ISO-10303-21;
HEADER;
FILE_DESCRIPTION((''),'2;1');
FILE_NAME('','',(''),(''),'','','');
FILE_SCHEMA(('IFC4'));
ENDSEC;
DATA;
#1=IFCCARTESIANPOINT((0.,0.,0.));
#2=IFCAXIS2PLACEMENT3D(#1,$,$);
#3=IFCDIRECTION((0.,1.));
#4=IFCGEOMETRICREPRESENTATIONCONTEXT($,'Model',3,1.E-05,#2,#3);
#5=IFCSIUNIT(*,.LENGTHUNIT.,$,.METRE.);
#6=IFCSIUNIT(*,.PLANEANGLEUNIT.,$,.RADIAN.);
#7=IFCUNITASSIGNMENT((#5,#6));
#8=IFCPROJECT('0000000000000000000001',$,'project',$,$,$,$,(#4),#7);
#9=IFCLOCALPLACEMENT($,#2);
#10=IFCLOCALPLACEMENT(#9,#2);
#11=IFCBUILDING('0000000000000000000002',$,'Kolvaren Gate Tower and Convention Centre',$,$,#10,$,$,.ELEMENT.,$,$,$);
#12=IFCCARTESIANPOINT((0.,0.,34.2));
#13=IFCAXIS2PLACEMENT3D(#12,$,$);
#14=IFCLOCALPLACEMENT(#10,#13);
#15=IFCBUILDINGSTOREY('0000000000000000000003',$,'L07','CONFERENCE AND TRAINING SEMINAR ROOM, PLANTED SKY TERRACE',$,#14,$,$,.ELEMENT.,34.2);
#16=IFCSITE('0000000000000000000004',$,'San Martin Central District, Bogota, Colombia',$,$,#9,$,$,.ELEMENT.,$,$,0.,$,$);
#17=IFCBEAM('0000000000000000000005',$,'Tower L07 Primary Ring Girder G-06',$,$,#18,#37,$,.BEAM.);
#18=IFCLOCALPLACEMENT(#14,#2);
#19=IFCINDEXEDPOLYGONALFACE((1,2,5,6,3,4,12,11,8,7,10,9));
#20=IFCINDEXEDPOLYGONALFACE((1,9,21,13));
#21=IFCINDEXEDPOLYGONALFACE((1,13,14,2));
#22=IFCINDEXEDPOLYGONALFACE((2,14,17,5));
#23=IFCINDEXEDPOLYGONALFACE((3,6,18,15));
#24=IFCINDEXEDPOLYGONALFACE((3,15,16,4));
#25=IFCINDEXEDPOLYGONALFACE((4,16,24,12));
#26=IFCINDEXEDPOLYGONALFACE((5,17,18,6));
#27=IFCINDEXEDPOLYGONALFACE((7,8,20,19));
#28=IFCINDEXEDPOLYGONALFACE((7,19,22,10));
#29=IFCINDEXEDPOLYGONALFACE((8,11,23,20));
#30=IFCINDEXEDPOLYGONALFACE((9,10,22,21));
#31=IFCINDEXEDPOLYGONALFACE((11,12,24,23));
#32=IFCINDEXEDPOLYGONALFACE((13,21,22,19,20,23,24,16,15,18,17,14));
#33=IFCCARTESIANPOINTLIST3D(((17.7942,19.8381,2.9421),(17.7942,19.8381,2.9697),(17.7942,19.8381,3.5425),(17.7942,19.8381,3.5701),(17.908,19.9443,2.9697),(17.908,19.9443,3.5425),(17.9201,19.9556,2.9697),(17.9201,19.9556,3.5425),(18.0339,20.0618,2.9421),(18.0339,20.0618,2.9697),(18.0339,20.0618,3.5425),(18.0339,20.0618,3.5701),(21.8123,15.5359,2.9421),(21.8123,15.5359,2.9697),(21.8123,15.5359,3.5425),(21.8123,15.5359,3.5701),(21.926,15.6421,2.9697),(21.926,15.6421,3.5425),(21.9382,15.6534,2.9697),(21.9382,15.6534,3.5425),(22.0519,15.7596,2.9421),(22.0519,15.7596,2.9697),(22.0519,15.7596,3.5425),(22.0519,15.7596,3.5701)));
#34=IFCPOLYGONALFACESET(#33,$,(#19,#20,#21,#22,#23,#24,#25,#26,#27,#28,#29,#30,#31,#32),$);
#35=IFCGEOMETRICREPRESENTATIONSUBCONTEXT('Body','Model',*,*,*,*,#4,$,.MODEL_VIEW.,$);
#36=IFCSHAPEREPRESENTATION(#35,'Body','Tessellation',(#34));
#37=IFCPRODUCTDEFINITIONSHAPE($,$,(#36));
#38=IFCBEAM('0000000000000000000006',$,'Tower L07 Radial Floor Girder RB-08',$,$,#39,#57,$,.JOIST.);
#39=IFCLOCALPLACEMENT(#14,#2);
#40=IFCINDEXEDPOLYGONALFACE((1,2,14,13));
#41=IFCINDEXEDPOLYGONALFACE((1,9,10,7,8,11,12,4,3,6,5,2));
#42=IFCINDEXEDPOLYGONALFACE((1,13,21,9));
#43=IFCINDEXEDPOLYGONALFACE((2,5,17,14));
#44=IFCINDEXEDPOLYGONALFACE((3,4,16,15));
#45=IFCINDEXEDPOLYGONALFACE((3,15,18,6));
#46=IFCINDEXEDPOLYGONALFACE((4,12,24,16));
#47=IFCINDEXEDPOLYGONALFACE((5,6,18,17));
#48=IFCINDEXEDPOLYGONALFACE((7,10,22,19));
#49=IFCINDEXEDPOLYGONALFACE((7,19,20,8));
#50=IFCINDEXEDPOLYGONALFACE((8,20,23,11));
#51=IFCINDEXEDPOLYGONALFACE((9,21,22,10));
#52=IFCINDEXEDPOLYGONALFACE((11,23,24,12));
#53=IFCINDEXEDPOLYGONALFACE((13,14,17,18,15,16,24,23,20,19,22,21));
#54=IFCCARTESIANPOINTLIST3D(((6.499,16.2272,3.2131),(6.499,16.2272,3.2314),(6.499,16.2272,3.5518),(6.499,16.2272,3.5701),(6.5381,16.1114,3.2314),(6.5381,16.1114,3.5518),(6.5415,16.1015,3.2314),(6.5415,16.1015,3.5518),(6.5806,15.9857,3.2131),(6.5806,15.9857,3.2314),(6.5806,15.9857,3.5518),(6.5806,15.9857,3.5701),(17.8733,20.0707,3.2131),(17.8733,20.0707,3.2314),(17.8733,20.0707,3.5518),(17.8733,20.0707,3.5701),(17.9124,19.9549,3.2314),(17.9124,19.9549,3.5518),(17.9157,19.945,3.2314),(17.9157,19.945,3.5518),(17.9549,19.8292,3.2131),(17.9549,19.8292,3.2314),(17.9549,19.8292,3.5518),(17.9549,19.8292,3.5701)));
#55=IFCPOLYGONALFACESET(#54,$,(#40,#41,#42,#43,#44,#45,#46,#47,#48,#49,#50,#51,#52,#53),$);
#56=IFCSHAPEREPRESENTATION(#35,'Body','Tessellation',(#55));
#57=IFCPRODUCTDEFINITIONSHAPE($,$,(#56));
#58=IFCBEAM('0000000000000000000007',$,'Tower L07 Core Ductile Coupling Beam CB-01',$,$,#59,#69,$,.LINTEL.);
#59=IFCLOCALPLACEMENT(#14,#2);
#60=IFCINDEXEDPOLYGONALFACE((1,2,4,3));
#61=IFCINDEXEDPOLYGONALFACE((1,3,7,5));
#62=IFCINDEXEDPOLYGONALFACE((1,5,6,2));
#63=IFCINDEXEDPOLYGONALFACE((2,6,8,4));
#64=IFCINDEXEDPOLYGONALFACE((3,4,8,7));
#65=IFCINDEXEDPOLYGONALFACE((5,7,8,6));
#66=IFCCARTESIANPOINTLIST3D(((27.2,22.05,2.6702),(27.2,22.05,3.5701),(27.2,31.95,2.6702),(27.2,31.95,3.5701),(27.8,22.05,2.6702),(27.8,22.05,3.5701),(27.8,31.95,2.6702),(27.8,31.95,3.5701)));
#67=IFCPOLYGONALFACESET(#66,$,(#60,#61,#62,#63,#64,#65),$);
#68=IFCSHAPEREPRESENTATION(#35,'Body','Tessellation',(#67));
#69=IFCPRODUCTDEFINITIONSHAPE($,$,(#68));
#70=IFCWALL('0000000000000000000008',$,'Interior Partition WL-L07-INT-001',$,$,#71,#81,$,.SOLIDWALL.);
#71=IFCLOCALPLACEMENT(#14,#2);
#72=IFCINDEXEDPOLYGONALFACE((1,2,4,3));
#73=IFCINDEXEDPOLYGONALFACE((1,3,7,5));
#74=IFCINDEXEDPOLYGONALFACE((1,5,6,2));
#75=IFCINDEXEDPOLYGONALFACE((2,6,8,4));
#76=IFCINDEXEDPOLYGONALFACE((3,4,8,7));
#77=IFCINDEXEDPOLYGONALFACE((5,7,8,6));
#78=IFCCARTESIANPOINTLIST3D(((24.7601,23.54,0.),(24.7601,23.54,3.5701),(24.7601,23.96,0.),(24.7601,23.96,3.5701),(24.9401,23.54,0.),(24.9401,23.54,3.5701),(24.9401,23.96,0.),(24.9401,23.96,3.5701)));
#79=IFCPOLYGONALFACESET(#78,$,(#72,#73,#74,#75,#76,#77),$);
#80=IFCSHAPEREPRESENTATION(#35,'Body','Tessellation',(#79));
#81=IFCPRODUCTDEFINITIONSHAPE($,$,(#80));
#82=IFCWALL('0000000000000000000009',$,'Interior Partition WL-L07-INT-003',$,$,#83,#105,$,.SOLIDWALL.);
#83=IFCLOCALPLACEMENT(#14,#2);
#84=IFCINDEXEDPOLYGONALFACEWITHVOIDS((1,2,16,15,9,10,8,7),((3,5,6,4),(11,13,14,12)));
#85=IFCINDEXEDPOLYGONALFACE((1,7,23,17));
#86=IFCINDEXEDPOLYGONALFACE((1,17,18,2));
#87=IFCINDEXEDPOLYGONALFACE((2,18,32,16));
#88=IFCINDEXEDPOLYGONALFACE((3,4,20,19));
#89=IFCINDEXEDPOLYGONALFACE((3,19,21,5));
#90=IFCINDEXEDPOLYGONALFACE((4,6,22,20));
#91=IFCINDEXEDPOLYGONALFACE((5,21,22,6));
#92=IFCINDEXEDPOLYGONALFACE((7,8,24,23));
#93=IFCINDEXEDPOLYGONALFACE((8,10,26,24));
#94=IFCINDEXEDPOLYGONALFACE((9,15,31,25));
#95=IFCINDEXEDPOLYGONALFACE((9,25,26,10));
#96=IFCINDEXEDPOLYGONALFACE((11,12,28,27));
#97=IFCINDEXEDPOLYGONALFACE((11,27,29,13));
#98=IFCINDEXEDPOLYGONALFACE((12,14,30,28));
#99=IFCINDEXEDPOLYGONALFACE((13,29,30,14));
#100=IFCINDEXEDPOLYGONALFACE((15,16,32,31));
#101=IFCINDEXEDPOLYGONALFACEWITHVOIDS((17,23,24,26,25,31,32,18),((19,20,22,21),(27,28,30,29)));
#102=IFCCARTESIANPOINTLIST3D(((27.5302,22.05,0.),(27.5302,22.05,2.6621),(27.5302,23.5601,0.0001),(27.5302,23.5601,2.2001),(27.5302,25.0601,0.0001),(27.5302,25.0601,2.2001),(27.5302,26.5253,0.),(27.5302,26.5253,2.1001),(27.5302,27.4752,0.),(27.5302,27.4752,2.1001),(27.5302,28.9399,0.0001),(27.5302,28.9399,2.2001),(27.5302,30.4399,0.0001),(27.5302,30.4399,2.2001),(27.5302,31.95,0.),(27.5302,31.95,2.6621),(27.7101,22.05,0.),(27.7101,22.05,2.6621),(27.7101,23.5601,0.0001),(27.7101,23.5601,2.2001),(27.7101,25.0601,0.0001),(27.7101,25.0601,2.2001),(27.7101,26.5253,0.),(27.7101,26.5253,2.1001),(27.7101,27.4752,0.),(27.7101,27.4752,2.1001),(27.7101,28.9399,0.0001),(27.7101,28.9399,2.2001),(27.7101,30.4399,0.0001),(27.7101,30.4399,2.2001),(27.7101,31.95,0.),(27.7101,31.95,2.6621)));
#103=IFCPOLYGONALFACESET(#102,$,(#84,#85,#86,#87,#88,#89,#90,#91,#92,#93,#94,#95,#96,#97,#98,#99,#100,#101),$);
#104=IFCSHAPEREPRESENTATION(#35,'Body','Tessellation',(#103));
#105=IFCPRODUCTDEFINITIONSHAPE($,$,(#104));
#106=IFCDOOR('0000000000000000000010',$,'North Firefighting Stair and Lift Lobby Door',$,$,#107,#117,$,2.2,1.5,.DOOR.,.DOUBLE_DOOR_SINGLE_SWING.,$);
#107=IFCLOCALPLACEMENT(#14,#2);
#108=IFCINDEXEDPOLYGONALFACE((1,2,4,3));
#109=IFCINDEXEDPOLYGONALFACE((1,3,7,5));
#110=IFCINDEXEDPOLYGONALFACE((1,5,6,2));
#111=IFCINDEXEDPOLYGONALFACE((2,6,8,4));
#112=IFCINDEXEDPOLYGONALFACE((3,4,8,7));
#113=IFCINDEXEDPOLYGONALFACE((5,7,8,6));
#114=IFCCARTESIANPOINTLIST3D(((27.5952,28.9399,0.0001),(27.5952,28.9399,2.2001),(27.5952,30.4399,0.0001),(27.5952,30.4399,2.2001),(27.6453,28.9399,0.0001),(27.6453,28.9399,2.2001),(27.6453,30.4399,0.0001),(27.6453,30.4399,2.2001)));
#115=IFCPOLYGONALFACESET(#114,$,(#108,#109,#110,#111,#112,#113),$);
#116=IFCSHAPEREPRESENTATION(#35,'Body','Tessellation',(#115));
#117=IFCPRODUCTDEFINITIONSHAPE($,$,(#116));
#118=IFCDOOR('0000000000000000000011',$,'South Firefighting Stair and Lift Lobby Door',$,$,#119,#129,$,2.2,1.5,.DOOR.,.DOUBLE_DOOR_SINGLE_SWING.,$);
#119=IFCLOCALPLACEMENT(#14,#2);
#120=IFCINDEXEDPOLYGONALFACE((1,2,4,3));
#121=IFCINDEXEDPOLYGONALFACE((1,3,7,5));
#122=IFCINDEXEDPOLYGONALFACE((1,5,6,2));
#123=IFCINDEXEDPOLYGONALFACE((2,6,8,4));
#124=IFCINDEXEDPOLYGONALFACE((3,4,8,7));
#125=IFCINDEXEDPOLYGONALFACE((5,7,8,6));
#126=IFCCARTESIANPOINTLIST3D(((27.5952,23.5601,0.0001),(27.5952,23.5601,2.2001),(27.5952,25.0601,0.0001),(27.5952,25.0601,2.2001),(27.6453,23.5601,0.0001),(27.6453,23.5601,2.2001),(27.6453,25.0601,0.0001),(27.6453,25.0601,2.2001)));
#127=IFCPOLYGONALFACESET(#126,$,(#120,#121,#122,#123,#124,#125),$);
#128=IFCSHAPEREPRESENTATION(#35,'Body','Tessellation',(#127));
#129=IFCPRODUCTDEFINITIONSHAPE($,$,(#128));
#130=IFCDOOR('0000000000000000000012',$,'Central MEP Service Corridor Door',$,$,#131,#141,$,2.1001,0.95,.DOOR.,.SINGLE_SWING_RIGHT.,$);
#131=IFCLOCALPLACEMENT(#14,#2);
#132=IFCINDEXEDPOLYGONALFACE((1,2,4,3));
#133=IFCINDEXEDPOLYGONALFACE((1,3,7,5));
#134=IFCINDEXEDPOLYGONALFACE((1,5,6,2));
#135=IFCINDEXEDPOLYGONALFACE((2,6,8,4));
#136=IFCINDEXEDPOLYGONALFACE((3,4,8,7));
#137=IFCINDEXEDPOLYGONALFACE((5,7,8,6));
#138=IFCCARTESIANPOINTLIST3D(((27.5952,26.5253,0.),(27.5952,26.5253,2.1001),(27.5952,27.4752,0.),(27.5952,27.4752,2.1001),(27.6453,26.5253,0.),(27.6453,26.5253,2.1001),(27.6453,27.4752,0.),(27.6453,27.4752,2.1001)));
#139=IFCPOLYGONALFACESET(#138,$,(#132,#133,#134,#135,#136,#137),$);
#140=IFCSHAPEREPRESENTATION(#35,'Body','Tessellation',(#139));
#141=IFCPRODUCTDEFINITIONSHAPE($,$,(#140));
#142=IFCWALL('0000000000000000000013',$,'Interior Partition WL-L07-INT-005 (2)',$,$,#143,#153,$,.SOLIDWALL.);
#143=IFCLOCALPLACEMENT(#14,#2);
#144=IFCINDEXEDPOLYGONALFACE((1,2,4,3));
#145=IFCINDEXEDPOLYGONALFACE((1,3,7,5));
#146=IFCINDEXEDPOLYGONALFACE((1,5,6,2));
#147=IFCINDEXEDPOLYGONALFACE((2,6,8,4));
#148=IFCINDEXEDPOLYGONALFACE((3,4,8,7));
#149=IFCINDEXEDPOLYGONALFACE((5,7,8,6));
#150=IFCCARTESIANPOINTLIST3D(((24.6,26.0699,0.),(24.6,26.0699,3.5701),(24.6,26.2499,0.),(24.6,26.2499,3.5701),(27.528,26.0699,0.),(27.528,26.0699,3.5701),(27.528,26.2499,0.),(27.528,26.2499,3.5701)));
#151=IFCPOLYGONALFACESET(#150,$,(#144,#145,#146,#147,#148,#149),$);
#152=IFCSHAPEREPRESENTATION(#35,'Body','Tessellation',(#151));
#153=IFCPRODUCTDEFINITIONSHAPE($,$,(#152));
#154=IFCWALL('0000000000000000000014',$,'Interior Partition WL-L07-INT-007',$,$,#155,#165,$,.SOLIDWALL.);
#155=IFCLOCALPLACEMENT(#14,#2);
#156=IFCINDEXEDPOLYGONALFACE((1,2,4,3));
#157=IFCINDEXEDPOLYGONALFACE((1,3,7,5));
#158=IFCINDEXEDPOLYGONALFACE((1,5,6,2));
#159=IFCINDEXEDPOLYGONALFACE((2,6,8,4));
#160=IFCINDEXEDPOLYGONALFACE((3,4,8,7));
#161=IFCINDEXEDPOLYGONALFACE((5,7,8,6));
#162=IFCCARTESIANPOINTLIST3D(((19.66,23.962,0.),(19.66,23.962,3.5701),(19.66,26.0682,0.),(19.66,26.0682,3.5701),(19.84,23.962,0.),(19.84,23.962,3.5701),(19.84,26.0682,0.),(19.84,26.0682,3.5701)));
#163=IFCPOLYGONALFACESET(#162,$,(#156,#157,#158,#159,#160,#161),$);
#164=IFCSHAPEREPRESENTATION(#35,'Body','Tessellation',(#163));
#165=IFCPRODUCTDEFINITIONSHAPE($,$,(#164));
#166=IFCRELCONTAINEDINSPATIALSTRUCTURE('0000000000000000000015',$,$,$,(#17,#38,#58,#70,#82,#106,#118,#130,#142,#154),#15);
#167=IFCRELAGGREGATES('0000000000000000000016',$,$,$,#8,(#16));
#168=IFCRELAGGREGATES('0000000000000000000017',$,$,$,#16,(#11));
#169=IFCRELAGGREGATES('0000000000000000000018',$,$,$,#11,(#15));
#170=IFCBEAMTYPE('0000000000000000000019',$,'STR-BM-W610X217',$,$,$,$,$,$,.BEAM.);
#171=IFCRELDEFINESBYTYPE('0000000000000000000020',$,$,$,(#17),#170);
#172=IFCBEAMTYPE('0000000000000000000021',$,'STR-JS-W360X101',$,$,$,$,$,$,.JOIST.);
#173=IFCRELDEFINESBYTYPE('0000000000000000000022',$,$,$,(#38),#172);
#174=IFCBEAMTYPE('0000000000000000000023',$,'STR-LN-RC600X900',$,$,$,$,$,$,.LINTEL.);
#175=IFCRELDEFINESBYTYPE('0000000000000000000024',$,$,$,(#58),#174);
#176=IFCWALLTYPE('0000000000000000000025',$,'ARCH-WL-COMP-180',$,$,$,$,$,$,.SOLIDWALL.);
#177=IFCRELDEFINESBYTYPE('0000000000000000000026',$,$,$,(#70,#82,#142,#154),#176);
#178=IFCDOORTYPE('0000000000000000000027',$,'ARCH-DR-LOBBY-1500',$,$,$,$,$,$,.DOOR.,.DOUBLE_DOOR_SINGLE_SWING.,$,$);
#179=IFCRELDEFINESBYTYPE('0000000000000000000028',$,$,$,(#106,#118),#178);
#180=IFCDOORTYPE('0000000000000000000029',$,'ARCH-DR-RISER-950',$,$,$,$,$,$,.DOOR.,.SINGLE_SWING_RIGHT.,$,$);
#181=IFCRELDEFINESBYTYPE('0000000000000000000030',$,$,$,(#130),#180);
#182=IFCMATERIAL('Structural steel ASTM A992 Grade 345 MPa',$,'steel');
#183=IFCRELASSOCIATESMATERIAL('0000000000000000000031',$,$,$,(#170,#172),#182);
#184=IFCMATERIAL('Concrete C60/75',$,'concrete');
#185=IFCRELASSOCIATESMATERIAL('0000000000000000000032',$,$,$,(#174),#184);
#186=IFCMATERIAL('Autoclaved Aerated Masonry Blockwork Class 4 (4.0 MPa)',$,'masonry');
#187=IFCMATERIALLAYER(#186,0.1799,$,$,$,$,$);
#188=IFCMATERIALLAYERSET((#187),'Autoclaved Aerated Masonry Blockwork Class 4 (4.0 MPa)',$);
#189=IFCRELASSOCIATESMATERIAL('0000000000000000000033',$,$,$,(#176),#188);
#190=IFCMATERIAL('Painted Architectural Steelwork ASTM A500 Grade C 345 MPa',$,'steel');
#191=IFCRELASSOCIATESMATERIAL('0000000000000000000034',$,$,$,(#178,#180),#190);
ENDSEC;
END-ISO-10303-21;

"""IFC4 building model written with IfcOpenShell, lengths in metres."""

from ifc_helpers import new_model, si_unit, direction, frame, frame_2d, origin, origin_2d, place, context, subcontext, project, spatial, rectangle, i_section, extrude, material, layer, layer_set, material_profile, profile_set, type_object, element, fill, save


model = new_model("IFC4")

# Units and contexts
model_context = context("Model", 3, precision=1e-05, world=origin(), true_north=direction((0.0, 1.0)))
body_context = subcontext(model_context, "Body", "Model", "MODEL_VIEW")
ifc_project = project(units=[si_unit("LENGTHUNIT", "METRE"), si_unit("PLANEANGLEUNIT", "RADIAN")], contexts=[model_context])

# Site, building, storey
site_placement = place(None, origin())
site = spatial("IfcSite", under=ifc_project, at=site_placement, Name="San Martin Central District, Bogota, Colombia", CompositionType="ELEMENT", RefElevation=0.0)
building_placement = place(site_placement, origin())
building = spatial("IfcBuilding", under=site, at=building_placement, Name="Kolvaren Gate Tower and Convention Centre", CompositionType="ELEMENT")
storey_placement = place(building_placement, frame((0.0, 0.0, 34.2)))
storey = spatial("IfcBuildingStorey", under=building, at=storey_placement, Name="L07", Description="CONFERENCE AND TRAINING SEMINAR ROOM, PLANTED SKY TERRACE", CompositionType="ELEMENT", Elevation=34.2)

# Beams
ifc_material_1 = material(Name="Structural steel ASTM A992 Grade 345 MPa", Category="steel")
ifc_material_profile_1 = material_profile(ifc_material_1, i_section(OverallWidth=0.3279, OverallDepth=0.6279, WebThickness=0.0166, FlangeThickness=0.0276, at=origin_2d()), Name="W610X217")
ifc_profile_set_1 = profile_set([ifc_material_profile_1], Name="Structural steel ASTM A992 Grade 345 MPa")
beam_type_1 = type_object("IfcBeamType", Name="STR-BM-W610X217", PredefinedType="BEAM", material=ifc_profile_set_1)
beam_1_placement = place(storey_placement, frame((17.9141, 19.95, 3.2561), z_axis=(0.682558, -0.730832, 0.0), x_axis=(0.730832, 0.682558, 0.0)))
element("IfcBeam", 1, at=beam_1_placement, inside=storey, type_object=beam_type_1, Name="Tower L07 Primary Ring Girder G-06", PredefinedType="BEAM", context=body_context, shape_type="SweptSolid", body=[
    extrude(i_section(OverallWidth=0.3279, OverallDepth=0.6279, WebThickness=0.0166, FlangeThickness=0.0276, at=origin_2d()), origin(), (0.0, 0.0, 1.0), 5.8867),
])
ifc_material_profile_2 = material_profile(ifc_material_1, i_section(OverallWidth=0.2549, OverallDepth=0.3569, WebThickness=0.0105, FlangeThickness=0.0183, at=origin_2d()), Name="W360X101")
ifc_profile_set_2 = profile_set([ifc_material_profile_2], Name="Structural steel ASTM A992 Grade 345 MPa")
beam_type_2 = type_object("IfcBeamType", Name="STR-JS-W360X101", PredefinedType="JOIST", material=ifc_profile_set_2)
beam_2_placement = place(storey_placement, frame((17.9141, 19.95, 3.3916), z_axis=(-0.947374, -0.320129, 0.0), x_axis=(0.320129, -0.947374, 0.0)))
element("IfcBeam", 2, at=beam_2_placement, inside=storey, type_object=beam_type_2, Name="Tower L07 Radial Floor Girder RB-08", PredefinedType="JOIST", context=body_context, shape_type="SweptSolid", body=[
    extrude(i_section(OverallWidth=0.2549, OverallDepth=0.3569, WebThickness=0.0105, FlangeThickness=0.0183, at=origin_2d()), origin(), (0.0, 0.0, 1.0), 12.0061),
])
ifc_material_2 = material(Name="Concrete C60/75", Category="concrete")
ifc_material_profile_3 = material_profile(ifc_material_2, rectangle(XDim=0.6001, YDim=0.8999, at=origin_2d()), Name="RC-BM-600X900")
ifc_profile_set_3 = profile_set([ifc_material_profile_3], Name="Concrete C60/75")
beam_type_3 = type_object("IfcBeamType", Name="STR-LN-RC600X900", PredefinedType="LINTEL", material=ifc_profile_set_3)
beam_3_placement = place(storey_placement, frame((27.5, 22.05, 3.1201), z_axis=(0.0, 1.0, 0.0), x_axis=(-1.0, 0.0, 0.0)))
element("IfcBeam", 3, at=beam_3_placement, inside=storey, type_object=beam_type_3, Name="Tower L07 Core Ductile Coupling Beam CB-01", PredefinedType="LINTEL", context=body_context, shape_type="SweptSolid", body=[
    extrude(rectangle(XDim=0.6001, YDim=0.8999, at=origin_2d()), origin(), (0.0, 0.0, 1.0), 9.8999),
])

# Wall
ifc_material_3 = material(Name="Autoclaved Aerated Masonry Blockwork Class 4 (4.0 MPa)", Category="masonry")
ifc_layer_1 = layer(ifc_material_3, 0.1799)
ifc_layer_set_1 = layer_set([ifc_layer_1], Name="Autoclaved Aerated Masonry Blockwork Class 4 (4.0 MPa)")
wall_type_1 = type_object("IfcWallType", Name="ARCH-WL-COMP-180", PredefinedType="SOLIDWALL", material=ifc_layer_set_1)
wall_1_placement = place(storey_placement, frame((24.8501, 23.54, 0.0), z_axis=(0.0, 0.0, 1.0), x_axis=(0.0, 1.0, 0.0)))
element("IfcWall", 4, at=wall_1_placement, inside=storey, type_object=wall_type_1, Name="Interior Partition WL-L07-INT-001", PredefinedType="SOLIDWALL", context=body_context, shape_type="SweptSolid", body=[
    extrude(rectangle(XDim=0.4199, YDim=0.1799, at=frame_2d((0.21, 0.0))), origin(), (0.0, 0.0, 1.0), 3.5701),
])

# Wall, openings, doors
wall_2_placement = place(storey_placement, frame((27.6201, 22.05, 0.0), z_axis=(0.0, 0.0, 1.0), x_axis=(0.0, 1.0, 0.0)))
wall_2 = element("IfcWall", 5, at=wall_2_placement, inside=storey, type_object=wall_type_1, Name="Interior Partition WL-L07-INT-003", PredefinedType="SOLIDWALL", context=body_context, shape_type="SweptSolid", body=[
    extrude(rectangle(XDim=9.8999, YDim=0.1799, at=frame_2d((4.95, 0.0))), origin(), (0.0, 0.0, 1.0), 2.6621),
])
opening_1_placement = place(wall_2_placement, frame((4.4751, 0.0, 0.0)))
opening_1 = element("IfcOpeningElement", 6, at=opening_1_placement, cuts=wall_2, PredefinedType="OPENING", context=body_context, shape_type="SweptSolid", body=[
    extrude(rectangle(XDim=0.95, YDim=2.1001, at=frame_2d((0.4751, 1.05))), frame((0.0, 0.0999, 0.0), z_axis=(0.0, -1.0, 0.0), x_axis=(1.0, 0.0, 0.0)), (0.0, 0.0, 1.0), 0.2),
])
opening_2_placement = place(wall_2_placement, frame((6.8899, 0.0, 0.0)))
opening_2 = element("IfcOpeningElement", 7, at=opening_2_placement, cuts=wall_2, PredefinedType="OPENING", context=body_context, shape_type="SweptSolid", body=[
    extrude(rectangle(XDim=1.5, YDim=2.2, at=frame_2d((0.75, 1.1001))), frame((0.0, 0.0999, 0.0), z_axis=(0.0, -1.0, 0.0), x_axis=(1.0, 0.0, 0.0)), (0.0, 0.0, 1.0), 0.2),
])
opening_3_placement = place(wall_2_placement, frame((1.51, 0.0, 0.0)))
opening_3 = element("IfcOpeningElement", 8, at=opening_3_placement, cuts=wall_2, PredefinedType="OPENING", context=body_context, shape_type="SweptSolid", body=[
    extrude(rectangle(XDim=1.5, YDim=2.2, at=frame_2d((0.75, 1.1001))), frame((0.0, 0.0999, 0.0), z_axis=(0.0, -1.0, 0.0), x_axis=(1.0, 0.0, 0.0)), (0.0, 0.0, 1.0), 0.2),
])
ifc_material_4 = material(Name="Painted Architectural Steelwork ASTM A500 Grade C 345 MPa", Category="steel")
door_type_1 = type_object("IfcDoorType", Name="ARCH-DR-LOBBY-1500", OperationType="DOUBLE_DOOR_SINGLE_SWING", PredefinedType="DOOR", material=ifc_material_4)
door_1_placement = place(opening_2_placement, origin())
door_1 = element("IfcDoor", 9, at=door_1_placement, inside=storey, type_object=door_type_1, Name="North Firefighting Stair and Lift Lobby Door", OperationType="DOUBLE_DOOR_SINGLE_SWING", OverallHeight=2.2, OverallWidth=1.5, PredefinedType="DOOR", context=body_context, shape_type="SweptSolid", body=[
    extrude(rectangle(XDim=1.5, YDim=2.2, at=frame_2d((0.75, 1.1001))), frame((0.0, 0.0249, 0.0), z_axis=(0.0, -1.0, 0.0), x_axis=(1.0, 0.0, 0.0)), (0.0, 0.0, 1.0), 0.05),
])
fill(opening_2, door_1)
door_2_placement = place(opening_3_placement, origin())
door_2 = element("IfcDoor", 10, at=door_2_placement, inside=storey, type_object=door_type_1, Name="South Firefighting Stair and Lift Lobby Door", OperationType="DOUBLE_DOOR_SINGLE_SWING", OverallHeight=2.2, OverallWidth=1.5, PredefinedType="DOOR", context=body_context, shape_type="SweptSolid", body=[
    extrude(rectangle(XDim=1.5, YDim=2.2, at=frame_2d((0.75, 1.1001))), frame((0.0, 0.0249, 0.0), z_axis=(0.0, -1.0, 0.0), x_axis=(1.0, 0.0, 0.0)), (0.0, 0.0, 1.0), 0.05),
])
fill(opening_3, door_2)
door_type_2 = type_object("IfcDoorType", Name="ARCH-DR-RISER-950", OperationType="SINGLE_SWING_RIGHT", PredefinedType="DOOR", material=ifc_material_4)
door_3_placement = place(opening_1_placement, origin())
door_3 = element("IfcDoor", 11, at=door_3_placement, inside=storey, type_object=door_type_2, Name="Central MEP Service Corridor Door", OperationType="SINGLE_SWING_RIGHT", OverallHeight=2.1001, OverallWidth=0.95, PredefinedType="DOOR", context=body_context, shape_type="SweptSolid", body=[
    extrude(rectangle(XDim=0.95, YDim=2.1001, at=frame_2d((0.4751, 1.05))), frame((0.0, 0.0249, 0.0), z_axis=(0.0, -1.0, 0.0), x_axis=(1.0, 0.0, 0.0)), (0.0, 0.0, 1.0), 0.05),
])
fill(opening_1, door_3)

# Walls
wall_3_placement = place(storey_placement, frame((24.6001, 26.1599, 0.0), z_axis=(0.0, 0.0, 1.0), x_axis=(1.0, 0.0, 0.0)))
element("IfcWall", 12, at=wall_3_placement, inside=storey, type_object=wall_type_1, Name="Interior Partition WL-L07-INT-005 (2)", PredefinedType="SOLIDWALL", context=body_context, shape_type="SweptSolid", body=[
    extrude(rectangle(XDim=2.928, YDim=0.1799, at=frame_2d((1.4639, 0.0))), origin(), (0.0, 0.0, 1.0), 3.5701),
])
wall_4_placement = place(storey_placement, frame((19.75, 23.9619, 0.0), z_axis=(0.0, 0.0, 1.0), x_axis=(0.0, 1.0, 0.0)))
element("IfcWall", 13, at=wall_4_placement, inside=storey, type_object=wall_type_1, Name="Interior Partition WL-L07-INT-007", PredefinedType="SOLIDWALL", context=body_context, shape_type="SweptSolid", body=[
    extrude(rectangle(XDim=2.1062, YDim=0.1799, at=frame_2d((1.0532, 0.0))), origin(), (0.0, 0.0, 1.0), 3.5701),
])

save(model, "model.ifc")
